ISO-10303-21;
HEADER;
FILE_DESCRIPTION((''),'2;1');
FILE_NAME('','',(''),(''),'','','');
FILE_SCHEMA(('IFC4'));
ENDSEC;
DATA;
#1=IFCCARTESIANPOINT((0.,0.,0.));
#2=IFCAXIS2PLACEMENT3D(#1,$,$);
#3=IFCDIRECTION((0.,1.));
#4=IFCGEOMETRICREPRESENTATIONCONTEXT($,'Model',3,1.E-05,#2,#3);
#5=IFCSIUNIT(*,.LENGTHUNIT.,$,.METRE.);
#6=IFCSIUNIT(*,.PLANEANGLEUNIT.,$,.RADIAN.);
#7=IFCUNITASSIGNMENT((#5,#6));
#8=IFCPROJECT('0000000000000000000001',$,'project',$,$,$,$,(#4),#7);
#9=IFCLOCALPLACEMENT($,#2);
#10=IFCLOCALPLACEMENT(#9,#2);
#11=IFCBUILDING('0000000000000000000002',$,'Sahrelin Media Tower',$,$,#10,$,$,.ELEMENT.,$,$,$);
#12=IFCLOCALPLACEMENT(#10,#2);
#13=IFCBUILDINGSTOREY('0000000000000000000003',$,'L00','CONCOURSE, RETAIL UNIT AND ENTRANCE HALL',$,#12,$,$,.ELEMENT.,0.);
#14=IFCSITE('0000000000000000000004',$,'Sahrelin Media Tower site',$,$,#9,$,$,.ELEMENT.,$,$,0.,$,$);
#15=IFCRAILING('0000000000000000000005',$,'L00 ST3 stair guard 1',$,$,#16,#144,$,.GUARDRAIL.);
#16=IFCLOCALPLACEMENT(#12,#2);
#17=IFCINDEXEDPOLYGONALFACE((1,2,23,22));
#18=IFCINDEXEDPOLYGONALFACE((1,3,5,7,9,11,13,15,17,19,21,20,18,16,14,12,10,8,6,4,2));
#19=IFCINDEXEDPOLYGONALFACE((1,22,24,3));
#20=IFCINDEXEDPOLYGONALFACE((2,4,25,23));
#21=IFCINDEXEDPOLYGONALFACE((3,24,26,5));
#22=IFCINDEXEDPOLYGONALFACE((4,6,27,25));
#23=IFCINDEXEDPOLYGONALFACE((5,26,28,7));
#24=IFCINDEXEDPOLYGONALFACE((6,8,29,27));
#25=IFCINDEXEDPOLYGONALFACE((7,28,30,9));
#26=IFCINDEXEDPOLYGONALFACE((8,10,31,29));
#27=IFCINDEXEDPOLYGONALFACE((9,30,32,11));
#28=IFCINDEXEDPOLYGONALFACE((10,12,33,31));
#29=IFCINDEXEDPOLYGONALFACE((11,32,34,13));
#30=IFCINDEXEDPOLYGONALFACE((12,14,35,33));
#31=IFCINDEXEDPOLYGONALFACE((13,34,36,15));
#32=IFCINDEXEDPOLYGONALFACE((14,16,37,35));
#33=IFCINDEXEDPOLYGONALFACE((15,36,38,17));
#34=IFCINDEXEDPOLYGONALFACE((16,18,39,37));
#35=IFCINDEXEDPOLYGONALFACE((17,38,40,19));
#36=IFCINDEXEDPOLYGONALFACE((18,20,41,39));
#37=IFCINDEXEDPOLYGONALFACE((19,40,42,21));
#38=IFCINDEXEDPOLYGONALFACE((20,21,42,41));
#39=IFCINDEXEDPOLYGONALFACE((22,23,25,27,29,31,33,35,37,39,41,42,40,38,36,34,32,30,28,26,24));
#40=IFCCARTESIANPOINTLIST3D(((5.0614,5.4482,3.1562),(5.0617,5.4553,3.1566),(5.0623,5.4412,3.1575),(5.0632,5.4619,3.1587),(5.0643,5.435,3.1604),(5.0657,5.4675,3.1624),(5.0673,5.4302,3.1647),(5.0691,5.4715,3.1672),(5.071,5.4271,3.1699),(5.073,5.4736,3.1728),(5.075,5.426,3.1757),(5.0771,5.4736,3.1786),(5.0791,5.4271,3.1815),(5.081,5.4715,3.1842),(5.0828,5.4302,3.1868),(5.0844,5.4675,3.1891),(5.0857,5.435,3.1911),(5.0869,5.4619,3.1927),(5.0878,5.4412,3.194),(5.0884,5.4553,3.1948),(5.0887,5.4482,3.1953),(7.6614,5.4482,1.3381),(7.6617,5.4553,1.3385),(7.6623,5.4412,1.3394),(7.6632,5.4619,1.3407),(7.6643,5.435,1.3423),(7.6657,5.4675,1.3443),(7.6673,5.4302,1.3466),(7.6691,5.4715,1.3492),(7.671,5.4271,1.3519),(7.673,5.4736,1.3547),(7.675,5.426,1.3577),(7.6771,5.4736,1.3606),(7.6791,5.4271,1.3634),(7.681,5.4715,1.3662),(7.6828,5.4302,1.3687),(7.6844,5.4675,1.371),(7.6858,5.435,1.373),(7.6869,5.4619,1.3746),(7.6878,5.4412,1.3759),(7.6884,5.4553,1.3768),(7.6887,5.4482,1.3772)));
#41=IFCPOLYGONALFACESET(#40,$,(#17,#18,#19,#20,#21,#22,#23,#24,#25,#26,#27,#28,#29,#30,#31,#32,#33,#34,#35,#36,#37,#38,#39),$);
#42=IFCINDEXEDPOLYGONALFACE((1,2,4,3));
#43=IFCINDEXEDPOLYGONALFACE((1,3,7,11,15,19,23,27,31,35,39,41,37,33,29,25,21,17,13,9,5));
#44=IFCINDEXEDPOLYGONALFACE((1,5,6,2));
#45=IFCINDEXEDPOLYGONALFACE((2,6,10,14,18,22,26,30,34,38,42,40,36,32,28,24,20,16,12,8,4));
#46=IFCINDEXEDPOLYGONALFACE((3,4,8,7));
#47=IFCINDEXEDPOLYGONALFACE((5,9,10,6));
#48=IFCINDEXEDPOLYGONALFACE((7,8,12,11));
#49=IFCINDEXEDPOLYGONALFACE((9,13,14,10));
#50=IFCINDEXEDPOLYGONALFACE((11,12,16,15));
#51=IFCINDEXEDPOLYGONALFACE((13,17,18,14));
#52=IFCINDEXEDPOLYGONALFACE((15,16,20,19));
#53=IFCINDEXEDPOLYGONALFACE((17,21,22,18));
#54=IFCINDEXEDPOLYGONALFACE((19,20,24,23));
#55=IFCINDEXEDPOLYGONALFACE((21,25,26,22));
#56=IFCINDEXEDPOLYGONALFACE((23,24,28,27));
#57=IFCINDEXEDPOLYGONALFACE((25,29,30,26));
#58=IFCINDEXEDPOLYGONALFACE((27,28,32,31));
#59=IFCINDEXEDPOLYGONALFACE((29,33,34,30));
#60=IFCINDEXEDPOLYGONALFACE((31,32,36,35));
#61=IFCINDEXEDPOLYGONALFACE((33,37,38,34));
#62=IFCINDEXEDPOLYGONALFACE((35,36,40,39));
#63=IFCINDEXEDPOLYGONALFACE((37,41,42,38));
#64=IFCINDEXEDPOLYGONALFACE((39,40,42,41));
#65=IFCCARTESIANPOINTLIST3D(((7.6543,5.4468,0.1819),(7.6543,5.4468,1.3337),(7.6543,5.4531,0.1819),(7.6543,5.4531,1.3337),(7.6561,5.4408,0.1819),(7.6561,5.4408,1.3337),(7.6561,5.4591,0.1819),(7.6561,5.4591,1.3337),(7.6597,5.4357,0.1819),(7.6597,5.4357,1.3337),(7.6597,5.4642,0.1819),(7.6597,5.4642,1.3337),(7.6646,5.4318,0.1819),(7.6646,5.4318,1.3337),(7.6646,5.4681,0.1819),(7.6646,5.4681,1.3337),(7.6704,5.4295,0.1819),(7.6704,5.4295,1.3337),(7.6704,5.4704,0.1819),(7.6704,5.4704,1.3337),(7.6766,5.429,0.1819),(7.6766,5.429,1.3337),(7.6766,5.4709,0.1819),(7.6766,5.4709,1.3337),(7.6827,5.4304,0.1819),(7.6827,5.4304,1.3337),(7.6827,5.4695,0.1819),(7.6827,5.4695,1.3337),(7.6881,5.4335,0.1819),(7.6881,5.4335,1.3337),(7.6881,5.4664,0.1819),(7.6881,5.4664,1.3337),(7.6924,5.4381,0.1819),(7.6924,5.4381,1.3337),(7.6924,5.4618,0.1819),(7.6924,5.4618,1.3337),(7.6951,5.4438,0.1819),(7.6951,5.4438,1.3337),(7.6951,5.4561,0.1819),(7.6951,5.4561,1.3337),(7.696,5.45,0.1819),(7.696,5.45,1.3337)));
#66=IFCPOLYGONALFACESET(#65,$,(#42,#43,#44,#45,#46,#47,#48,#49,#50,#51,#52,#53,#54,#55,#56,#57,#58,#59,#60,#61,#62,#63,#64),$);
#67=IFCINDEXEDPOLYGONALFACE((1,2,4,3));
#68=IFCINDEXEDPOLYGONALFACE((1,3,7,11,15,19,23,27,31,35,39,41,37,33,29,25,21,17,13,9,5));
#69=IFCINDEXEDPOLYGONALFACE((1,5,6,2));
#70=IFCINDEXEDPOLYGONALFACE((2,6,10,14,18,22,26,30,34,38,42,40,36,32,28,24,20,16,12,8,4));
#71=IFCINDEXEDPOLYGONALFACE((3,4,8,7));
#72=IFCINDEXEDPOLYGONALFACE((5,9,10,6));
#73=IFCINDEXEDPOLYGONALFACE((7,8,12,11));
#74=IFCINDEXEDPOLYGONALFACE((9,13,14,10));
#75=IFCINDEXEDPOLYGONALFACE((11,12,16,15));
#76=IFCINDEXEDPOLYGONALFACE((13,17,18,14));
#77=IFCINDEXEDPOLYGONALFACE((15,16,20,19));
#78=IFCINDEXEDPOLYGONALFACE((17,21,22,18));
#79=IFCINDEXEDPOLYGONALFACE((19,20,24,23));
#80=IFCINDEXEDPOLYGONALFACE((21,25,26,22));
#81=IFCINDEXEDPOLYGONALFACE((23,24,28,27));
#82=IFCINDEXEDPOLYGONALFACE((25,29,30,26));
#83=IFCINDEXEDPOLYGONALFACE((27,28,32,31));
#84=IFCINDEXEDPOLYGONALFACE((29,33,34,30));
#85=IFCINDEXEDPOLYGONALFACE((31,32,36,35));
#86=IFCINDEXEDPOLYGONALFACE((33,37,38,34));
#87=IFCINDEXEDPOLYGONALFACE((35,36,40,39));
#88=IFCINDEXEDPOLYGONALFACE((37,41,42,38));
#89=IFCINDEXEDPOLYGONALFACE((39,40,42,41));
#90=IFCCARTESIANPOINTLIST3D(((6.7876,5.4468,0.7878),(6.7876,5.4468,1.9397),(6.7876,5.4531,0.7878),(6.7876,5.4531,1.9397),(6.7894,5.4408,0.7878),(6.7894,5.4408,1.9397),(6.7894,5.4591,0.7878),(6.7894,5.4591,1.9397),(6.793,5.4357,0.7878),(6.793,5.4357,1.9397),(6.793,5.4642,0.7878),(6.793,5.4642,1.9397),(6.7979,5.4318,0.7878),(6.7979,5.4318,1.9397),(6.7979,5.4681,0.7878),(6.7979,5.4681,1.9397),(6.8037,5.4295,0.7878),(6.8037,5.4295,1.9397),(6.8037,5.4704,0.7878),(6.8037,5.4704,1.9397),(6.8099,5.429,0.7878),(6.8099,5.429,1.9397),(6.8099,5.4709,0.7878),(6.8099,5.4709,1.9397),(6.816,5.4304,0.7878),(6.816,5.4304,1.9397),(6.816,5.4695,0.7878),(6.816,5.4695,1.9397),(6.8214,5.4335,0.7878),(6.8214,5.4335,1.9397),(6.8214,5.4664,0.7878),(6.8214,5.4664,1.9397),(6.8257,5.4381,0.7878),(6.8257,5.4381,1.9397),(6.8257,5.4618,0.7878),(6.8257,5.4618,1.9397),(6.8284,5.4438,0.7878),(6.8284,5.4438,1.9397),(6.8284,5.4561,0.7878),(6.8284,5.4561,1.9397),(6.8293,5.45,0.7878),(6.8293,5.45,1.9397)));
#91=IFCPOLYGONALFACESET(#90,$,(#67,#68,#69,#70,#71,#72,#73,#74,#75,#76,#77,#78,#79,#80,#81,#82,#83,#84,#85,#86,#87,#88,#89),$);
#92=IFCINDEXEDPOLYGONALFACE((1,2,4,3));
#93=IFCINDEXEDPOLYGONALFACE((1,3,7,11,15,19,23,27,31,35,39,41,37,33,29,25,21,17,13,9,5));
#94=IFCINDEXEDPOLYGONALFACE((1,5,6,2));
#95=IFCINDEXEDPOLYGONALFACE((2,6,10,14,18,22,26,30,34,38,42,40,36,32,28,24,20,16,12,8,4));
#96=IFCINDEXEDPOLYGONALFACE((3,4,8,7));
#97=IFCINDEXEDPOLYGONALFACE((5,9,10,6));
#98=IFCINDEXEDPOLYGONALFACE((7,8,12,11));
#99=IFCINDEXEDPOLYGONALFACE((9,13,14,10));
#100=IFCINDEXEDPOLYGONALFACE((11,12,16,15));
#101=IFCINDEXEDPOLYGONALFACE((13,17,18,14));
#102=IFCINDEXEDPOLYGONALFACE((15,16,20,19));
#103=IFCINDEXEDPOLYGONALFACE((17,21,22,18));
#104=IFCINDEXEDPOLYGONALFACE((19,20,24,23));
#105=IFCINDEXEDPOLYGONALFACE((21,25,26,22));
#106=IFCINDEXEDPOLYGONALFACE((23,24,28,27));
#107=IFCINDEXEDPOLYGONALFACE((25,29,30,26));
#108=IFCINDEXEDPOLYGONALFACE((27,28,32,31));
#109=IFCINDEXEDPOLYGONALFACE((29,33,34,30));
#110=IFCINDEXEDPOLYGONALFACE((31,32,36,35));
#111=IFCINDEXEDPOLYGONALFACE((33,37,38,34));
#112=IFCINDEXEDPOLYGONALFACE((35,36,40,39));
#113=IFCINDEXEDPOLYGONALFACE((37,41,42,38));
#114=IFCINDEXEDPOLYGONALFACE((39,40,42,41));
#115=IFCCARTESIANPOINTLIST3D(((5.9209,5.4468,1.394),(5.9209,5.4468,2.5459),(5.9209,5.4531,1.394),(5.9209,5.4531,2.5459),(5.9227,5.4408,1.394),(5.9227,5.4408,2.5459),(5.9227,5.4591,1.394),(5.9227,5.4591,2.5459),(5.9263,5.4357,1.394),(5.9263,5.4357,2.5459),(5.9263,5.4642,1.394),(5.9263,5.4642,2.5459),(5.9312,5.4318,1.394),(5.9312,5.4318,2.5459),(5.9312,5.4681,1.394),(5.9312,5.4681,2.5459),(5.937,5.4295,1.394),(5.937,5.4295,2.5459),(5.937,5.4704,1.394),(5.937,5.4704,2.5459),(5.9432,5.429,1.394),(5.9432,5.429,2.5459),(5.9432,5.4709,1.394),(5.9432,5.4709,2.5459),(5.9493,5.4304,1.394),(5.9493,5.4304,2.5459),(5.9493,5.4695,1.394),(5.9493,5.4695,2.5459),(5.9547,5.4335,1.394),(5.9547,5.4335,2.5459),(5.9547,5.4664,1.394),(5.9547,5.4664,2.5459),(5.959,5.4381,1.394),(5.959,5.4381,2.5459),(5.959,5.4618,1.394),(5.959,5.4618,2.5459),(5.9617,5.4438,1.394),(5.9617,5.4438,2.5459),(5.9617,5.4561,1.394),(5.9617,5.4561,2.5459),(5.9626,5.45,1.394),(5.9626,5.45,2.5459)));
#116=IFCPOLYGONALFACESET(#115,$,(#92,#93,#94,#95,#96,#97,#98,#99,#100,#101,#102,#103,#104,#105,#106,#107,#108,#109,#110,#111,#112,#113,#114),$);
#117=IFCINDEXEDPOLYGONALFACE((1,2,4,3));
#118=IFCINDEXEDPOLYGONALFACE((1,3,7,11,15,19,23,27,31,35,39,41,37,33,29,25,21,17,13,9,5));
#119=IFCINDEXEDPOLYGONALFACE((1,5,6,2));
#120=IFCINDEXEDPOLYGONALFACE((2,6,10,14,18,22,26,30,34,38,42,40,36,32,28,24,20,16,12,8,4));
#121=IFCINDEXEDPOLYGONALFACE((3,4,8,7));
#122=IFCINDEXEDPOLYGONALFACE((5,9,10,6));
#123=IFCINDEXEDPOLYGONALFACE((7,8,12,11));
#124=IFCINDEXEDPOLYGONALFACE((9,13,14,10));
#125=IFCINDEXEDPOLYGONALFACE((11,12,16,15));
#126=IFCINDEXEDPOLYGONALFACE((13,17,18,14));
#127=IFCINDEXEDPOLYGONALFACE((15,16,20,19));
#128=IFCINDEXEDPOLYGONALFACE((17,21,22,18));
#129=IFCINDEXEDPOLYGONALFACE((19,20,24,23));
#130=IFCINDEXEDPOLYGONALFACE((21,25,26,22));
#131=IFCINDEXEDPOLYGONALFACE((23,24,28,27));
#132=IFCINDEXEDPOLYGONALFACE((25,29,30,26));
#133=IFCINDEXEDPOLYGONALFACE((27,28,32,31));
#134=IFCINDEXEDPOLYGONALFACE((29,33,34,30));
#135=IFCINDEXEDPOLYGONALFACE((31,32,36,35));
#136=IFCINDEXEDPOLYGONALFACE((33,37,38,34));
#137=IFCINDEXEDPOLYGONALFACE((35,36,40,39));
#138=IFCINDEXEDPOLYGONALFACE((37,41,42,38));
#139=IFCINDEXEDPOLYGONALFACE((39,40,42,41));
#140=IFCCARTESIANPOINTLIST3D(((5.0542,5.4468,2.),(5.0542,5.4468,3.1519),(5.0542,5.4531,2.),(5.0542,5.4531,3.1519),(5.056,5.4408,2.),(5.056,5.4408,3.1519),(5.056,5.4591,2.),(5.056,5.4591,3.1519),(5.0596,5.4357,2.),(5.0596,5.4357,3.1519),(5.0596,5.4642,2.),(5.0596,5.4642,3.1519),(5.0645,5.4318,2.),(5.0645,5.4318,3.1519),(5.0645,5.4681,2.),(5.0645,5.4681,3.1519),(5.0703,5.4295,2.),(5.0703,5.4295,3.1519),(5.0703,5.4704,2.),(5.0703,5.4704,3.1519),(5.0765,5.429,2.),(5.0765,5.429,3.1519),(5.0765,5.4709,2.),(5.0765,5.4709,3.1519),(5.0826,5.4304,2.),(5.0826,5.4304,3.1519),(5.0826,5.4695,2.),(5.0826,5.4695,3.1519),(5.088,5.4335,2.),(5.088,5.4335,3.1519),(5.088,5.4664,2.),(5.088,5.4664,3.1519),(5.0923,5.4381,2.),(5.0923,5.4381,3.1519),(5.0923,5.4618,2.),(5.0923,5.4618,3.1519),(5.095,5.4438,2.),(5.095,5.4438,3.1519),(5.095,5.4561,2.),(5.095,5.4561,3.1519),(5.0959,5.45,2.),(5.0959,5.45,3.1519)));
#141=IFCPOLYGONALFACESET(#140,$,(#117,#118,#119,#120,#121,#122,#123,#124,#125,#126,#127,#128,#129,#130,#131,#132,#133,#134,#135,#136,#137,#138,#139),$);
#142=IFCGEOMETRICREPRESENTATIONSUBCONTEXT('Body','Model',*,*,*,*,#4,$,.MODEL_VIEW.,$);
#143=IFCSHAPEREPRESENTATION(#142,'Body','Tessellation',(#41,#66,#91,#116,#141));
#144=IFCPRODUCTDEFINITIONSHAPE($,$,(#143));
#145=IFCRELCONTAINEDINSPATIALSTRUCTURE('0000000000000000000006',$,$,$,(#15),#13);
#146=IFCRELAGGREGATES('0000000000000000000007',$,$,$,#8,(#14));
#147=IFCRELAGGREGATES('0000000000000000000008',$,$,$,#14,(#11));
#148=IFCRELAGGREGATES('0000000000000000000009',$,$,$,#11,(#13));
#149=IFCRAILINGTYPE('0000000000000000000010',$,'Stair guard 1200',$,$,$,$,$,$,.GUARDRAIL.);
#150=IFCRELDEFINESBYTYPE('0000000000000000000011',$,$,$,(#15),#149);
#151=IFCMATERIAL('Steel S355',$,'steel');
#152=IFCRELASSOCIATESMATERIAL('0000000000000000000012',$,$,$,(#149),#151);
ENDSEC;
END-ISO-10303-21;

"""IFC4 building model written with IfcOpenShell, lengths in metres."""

from ifc_helpers import new_model, si_unit, direction, frame, origin, origin_2d, place, context, subcontext, project, spatial, circle, extrude, material, type_object, element, save


model = new_model("IFC4")

# Units and contexts
model_context = context("Model", 3, precision=1e-05, world=origin(), true_north=direction((0.0, 1.0)))
body_context = subcontext(model_context, "Body", "Model", "MODEL_VIEW")
ifc_project = project(units=[si_unit("LENGTHUNIT", "METRE"), si_unit("PLANEANGLEUNIT", "RADIAN")], contexts=[model_context])

# Site, building, storey
site_placement = place(None, origin())
site = spatial("IfcSite", under=ifc_project, at=site_placement, Name="Sahrelin Media Tower site", CompositionType="ELEMENT", RefElevation=0.0)
building_placement = place(site_placement, origin())
building = spatial("IfcBuilding", under=site, at=building_placement, Name="Sahrelin Media Tower", CompositionType="ELEMENT")
storey_placement = place(building_placement, origin())
storey = spatial("IfcBuildingStorey", under=building, at=storey_placement, Name="L00", Description="CONCOURSE, RETAIL UNIT AND ENTRANCE HALL", CompositionType="ELEMENT", Elevation=0.0)

# Shared definitions
ifc_material_1 = material(Name="Steel S355", Category="steel")

# Railing
railing_type_1 = type_object("IfcRailingType", Name="Stair guard 1200", PredefinedType="GUARDRAIL", material=ifc_material_1)
railing_1_placement = place(storey_placement, frame((7.675, 5.45, 0.1819)))
element("IfcRailing", 1, at=railing_1_placement, inside=storey, type_object=railing_type_1, Name="L00 ST3 stair guard 1", PredefinedType="GUARDRAIL", context=body_context, shape_type="SweptSolid", body=[
    extrude(circle(Radius=0.0239, at=origin_2d()), frame((0.0, 0.0, 1.1758), z_axis=(-0.819521, 0.0, 0.573049), x_axis=(0.0, -1.0, 0.0)), (0.0, 0.0, 1.0), 3.1726),
    extrude(circle(Radius=0.021, at=origin_2d()), origin(), (0.0, 0.0, 1.0), 1.1519),
    extrude(circle(Radius=0.021, at=origin_2d()), frame((-0.8667, 0.0, 0.606)), (0.0, 0.0, 1.0), 1.1519),
    extrude(circle(Radius=0.021, at=origin_2d()), frame((-1.7334, 0.0, 1.2122)), (0.0, 0.0, 1.0), 1.1519),
    extrude(circle(Radius=0.021, at=origin_2d()), frame((-2.6001, 0.0, 1.8181)), (0.0, 0.0, 1.0), 1.1519),
])

save(model, "model.ifc")
